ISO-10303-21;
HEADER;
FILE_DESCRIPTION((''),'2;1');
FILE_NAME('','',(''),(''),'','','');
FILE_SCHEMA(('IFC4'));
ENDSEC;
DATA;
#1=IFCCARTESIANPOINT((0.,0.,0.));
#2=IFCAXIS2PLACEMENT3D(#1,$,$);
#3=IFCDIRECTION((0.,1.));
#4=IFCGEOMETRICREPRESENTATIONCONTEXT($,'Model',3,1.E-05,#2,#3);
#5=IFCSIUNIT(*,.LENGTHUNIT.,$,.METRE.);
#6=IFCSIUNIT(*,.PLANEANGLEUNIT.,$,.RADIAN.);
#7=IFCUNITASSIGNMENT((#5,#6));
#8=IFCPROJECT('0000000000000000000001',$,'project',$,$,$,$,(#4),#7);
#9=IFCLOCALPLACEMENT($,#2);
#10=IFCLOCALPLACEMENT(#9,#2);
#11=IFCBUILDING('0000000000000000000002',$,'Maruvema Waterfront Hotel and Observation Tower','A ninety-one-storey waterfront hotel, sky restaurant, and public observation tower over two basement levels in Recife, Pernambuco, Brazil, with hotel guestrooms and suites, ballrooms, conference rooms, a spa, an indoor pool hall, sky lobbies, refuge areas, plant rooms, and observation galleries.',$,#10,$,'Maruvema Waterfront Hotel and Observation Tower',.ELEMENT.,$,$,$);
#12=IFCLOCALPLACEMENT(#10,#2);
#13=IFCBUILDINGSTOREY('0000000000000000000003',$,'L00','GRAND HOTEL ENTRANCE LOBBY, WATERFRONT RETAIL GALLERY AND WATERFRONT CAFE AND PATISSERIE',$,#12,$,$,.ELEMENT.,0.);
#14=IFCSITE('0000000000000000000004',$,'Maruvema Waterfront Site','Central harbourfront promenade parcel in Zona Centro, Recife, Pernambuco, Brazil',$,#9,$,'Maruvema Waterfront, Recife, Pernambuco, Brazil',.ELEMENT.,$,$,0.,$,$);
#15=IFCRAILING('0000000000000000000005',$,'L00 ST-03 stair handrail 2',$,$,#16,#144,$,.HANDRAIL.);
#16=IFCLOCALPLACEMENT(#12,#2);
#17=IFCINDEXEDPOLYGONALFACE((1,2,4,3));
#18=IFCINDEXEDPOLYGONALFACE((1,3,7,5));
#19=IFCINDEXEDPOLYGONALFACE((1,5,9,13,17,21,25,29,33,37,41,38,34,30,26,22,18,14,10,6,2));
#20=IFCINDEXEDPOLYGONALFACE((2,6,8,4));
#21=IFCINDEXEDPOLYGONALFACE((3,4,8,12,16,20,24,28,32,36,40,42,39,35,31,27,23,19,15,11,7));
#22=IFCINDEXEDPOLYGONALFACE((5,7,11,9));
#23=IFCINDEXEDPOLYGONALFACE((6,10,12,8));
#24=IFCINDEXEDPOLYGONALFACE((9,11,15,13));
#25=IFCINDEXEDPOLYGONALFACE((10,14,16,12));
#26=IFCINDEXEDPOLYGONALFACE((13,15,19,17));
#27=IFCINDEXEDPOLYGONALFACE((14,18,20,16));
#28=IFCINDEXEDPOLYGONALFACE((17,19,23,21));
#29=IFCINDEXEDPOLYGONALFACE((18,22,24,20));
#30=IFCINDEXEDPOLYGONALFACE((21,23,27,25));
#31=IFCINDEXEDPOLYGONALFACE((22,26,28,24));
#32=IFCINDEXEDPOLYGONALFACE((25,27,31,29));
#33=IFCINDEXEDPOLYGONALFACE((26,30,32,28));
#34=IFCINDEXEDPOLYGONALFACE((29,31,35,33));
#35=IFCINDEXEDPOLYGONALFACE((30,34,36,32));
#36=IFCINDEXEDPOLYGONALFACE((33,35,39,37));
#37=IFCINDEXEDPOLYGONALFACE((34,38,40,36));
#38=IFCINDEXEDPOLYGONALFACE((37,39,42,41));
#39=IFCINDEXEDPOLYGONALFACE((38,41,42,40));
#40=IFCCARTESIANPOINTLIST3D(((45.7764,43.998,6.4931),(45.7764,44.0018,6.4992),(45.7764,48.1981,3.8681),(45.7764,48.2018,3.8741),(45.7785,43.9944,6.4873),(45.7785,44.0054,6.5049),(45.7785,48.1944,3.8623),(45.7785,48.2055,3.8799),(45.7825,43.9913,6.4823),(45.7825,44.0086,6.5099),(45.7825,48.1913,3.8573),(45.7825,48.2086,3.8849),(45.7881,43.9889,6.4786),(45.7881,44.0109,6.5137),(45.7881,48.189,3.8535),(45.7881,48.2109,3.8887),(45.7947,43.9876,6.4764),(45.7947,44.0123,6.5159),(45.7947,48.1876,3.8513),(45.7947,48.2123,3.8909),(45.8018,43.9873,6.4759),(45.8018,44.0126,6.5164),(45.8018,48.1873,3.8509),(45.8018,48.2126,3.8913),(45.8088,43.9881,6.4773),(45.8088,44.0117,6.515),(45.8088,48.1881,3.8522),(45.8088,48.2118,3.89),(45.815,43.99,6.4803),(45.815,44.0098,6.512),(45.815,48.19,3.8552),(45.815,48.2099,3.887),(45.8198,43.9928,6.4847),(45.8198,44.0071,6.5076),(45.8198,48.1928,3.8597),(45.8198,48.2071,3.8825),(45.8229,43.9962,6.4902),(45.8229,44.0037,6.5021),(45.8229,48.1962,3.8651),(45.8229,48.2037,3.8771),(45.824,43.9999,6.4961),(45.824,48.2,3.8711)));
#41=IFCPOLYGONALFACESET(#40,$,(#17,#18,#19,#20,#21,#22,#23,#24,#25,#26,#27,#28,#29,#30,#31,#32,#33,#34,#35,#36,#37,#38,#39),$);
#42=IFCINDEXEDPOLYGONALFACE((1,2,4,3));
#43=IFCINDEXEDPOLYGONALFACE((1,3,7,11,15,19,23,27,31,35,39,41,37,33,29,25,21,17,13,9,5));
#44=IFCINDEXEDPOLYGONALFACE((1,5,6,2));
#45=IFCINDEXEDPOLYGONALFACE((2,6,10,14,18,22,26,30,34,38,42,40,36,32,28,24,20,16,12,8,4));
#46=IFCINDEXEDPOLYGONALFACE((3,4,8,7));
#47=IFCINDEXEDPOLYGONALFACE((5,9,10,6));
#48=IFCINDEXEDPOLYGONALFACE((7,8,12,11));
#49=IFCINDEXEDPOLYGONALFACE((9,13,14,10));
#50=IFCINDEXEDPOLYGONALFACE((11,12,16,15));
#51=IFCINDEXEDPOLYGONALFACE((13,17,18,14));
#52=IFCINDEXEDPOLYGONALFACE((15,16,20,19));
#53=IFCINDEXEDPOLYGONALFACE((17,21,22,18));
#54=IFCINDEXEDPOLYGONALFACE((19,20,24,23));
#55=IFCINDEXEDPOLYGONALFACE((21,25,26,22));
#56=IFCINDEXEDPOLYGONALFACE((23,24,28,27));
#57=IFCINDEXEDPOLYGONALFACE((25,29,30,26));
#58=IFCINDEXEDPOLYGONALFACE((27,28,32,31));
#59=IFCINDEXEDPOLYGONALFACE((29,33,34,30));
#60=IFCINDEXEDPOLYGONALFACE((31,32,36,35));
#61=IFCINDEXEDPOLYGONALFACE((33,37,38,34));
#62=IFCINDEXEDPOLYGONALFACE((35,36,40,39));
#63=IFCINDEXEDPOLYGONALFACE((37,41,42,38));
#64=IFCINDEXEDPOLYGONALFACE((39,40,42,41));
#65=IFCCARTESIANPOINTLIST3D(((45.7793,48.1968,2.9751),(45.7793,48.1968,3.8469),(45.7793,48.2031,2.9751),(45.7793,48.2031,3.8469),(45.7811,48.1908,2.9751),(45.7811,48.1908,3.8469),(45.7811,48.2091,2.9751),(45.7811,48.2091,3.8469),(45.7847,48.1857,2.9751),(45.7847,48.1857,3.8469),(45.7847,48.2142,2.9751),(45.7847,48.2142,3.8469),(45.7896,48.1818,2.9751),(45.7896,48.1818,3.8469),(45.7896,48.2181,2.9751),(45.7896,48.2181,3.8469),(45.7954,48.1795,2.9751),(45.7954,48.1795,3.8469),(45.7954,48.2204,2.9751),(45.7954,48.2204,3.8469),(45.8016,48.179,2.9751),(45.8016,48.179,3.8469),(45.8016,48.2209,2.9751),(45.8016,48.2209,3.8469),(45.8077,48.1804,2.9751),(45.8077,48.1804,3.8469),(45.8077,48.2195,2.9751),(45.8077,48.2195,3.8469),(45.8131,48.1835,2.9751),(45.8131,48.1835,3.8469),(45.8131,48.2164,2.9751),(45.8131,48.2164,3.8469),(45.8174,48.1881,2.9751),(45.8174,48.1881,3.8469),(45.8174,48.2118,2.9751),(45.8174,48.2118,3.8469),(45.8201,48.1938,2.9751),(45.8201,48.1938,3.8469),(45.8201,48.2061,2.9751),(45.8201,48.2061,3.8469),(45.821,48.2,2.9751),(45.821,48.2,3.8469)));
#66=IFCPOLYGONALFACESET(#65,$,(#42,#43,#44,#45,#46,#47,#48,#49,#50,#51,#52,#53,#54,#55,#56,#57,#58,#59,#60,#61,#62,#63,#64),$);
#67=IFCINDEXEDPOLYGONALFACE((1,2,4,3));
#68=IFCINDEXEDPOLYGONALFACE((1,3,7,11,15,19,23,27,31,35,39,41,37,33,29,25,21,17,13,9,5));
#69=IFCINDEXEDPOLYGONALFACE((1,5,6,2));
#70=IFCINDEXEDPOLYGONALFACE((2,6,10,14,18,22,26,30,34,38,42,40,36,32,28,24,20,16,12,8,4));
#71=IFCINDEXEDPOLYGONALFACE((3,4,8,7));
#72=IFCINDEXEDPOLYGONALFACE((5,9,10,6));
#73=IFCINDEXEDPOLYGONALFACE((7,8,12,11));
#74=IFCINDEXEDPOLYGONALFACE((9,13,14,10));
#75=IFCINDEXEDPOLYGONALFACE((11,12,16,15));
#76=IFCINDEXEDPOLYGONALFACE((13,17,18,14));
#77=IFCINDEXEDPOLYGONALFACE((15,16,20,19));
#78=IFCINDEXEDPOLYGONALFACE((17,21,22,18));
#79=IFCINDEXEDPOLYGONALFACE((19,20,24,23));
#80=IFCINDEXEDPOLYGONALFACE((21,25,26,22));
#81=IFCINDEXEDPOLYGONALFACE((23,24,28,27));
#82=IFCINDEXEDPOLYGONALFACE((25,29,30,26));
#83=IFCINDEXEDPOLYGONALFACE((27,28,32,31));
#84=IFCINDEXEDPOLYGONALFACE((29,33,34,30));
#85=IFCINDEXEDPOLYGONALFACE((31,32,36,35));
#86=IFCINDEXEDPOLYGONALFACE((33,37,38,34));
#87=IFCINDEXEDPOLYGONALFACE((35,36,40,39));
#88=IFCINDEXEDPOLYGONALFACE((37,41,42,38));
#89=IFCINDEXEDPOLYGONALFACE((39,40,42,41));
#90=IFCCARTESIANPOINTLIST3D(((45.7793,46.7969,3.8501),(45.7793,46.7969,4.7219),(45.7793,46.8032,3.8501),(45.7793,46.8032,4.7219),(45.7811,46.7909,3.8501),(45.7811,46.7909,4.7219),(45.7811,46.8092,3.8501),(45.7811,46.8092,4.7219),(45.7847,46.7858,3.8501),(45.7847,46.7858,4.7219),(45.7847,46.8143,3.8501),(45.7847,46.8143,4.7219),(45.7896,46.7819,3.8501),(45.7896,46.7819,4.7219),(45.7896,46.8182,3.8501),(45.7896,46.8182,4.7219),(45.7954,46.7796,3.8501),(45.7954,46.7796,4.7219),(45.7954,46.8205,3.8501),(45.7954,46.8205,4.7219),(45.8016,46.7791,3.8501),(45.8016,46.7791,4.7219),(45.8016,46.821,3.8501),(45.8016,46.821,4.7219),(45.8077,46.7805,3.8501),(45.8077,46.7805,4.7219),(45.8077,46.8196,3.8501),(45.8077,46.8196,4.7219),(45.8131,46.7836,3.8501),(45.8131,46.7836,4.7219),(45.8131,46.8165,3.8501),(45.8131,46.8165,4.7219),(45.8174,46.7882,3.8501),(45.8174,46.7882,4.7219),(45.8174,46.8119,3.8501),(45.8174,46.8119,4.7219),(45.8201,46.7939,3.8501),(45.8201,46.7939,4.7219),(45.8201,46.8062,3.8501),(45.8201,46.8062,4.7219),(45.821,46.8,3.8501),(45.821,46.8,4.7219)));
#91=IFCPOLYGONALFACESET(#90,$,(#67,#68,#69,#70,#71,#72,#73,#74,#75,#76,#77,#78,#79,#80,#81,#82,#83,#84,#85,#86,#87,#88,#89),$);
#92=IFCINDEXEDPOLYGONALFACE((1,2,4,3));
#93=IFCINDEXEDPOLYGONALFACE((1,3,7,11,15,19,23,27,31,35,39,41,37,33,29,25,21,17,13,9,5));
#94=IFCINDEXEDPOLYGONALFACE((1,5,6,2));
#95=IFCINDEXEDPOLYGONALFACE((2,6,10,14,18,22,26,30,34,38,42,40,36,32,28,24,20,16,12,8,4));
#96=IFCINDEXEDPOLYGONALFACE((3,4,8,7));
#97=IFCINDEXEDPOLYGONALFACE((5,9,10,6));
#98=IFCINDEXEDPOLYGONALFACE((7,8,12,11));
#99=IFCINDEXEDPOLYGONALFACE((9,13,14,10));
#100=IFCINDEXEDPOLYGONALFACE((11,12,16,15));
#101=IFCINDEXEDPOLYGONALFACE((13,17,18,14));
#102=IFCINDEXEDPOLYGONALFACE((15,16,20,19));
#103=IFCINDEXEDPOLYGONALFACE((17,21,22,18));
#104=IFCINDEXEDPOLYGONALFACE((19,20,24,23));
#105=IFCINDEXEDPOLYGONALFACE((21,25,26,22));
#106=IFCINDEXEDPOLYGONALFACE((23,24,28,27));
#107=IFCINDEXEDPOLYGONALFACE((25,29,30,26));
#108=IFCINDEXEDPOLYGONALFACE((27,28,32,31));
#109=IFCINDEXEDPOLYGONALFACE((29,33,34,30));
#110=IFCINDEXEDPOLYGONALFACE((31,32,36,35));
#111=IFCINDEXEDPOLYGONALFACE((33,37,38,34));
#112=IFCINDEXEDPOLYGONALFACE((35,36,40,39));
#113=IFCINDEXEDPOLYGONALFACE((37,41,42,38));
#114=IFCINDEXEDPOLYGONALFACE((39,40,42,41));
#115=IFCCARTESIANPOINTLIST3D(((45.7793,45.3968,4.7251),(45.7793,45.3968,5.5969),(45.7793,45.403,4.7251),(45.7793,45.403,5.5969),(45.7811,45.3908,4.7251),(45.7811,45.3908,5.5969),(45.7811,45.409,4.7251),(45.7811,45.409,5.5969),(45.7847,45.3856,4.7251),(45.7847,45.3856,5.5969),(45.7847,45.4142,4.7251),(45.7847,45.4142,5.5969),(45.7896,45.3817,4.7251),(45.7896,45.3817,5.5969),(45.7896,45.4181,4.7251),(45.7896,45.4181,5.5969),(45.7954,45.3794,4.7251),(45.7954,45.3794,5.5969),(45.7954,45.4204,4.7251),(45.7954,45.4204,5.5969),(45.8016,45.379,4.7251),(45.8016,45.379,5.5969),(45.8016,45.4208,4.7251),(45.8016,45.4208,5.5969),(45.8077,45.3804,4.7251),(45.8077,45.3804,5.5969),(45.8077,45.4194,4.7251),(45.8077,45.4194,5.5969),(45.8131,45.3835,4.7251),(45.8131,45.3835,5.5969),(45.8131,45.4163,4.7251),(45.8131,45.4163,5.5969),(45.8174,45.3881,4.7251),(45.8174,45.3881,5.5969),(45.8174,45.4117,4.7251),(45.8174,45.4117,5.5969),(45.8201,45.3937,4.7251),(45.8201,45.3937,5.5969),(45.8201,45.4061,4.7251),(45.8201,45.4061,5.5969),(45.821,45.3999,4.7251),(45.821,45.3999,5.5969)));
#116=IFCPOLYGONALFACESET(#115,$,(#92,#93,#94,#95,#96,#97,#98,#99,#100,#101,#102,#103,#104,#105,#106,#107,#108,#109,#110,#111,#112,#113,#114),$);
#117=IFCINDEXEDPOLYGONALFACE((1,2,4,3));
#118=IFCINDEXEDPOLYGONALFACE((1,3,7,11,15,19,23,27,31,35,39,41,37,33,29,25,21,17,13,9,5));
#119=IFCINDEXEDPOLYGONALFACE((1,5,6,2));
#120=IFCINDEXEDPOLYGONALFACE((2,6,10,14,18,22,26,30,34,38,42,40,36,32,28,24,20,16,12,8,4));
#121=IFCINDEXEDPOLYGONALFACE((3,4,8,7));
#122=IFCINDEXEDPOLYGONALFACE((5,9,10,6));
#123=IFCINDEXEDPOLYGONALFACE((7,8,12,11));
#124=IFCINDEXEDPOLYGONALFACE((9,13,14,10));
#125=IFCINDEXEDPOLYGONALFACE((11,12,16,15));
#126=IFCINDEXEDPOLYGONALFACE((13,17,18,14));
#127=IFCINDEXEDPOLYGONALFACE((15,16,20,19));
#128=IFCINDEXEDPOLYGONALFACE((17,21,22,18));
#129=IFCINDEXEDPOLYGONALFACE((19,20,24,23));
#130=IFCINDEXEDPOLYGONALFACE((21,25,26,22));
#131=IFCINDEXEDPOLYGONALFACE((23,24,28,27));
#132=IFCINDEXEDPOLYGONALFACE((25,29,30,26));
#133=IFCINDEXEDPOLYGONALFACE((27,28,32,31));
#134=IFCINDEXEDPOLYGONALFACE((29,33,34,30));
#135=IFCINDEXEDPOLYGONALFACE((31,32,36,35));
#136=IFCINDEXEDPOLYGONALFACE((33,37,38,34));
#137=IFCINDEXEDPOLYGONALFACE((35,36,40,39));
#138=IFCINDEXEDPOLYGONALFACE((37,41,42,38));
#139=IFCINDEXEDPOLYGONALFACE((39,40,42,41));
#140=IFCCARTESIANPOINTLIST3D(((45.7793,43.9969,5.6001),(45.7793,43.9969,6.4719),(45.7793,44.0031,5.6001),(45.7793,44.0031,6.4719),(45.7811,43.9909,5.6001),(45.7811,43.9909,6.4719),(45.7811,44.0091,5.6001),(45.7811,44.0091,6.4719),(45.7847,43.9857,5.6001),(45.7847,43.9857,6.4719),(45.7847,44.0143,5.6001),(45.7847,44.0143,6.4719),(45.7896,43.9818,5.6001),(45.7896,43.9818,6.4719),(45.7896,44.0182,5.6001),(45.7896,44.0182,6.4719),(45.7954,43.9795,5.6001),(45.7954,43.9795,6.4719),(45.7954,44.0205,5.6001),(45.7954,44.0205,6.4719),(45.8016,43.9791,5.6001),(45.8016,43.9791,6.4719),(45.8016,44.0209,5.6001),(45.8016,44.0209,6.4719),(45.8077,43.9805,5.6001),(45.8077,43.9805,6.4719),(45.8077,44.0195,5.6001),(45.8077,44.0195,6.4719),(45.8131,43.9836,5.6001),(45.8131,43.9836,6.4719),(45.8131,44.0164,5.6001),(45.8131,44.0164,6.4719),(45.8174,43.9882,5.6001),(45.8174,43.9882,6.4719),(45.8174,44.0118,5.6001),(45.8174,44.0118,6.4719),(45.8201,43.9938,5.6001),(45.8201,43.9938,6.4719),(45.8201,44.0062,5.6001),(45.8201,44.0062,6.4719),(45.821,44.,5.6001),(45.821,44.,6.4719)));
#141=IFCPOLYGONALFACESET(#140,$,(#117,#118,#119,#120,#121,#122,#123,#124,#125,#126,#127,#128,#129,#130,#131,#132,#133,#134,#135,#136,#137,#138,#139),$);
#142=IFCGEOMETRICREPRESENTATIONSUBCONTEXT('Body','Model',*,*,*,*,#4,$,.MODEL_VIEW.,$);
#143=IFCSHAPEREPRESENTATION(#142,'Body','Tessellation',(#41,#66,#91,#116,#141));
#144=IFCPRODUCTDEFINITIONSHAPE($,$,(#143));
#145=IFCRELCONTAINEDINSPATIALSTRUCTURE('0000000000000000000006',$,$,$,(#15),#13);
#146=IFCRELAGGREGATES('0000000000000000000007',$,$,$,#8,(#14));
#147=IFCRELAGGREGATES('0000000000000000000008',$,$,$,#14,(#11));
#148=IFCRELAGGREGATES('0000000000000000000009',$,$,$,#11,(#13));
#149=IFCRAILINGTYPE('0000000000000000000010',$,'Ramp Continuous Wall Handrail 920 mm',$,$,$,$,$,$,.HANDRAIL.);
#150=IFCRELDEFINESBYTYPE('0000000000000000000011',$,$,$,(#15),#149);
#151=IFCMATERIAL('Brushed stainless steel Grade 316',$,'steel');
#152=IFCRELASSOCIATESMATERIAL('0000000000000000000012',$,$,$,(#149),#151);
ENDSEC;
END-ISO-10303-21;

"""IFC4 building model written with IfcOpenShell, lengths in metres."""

from ifc_helpers import new_model, si_unit, direction, frame, origin, origin_2d, place, context, subcontext, project, spatial, circle, extrude, material, type_object, element, save


model = new_model("IFC4")

# Units and contexts
model_context = context("Model", 3, precision=1e-05, world=origin(), true_north=direction((0.0, 1.0)))
body_context = subcontext(model_context, "Body", "Model", "MODEL_VIEW")
ifc_project = project(units=[si_unit("LENGTHUNIT", "METRE"), si_unit("PLANEANGLEUNIT", "RADIAN")], contexts=[model_context])

# Site, building, storey
site_placement = place(None, origin())
site = spatial("IfcSite", under=ifc_project, at=site_placement, Name="Maruvema Waterfront Site", Description="Central harbourfront promenade parcel in Zona Centro, Recife, Pernambuco, Brazil", LongName="Maruvema Waterfront, Recife, Pernambuco, Brazil", CompositionType="ELEMENT", RefElevation=0.0)
building_placement = place(site_placement, origin())
building = spatial("IfcBuilding", under=site, at=building_placement, Name="Maruvema Waterfront Hotel and Observation Tower", Description="A ninety-one-storey waterfront hotel, sky restaurant, and public observation tower over two basement levels in Recife, Pernambuco, Brazil, with hotel guestrooms and suites, ballrooms, conference rooms, a spa, an indoor pool hall, sky lobbies, refuge areas, plant rooms, and observation galleries.", LongName="Maruvema Waterfront Hotel and Observation Tower", CompositionType="ELEMENT")
storey_placement = place(building_placement, origin())
storey = spatial("IfcBuildingStorey", under=building, at=storey_placement, Name="L00", Description="GRAND HOTEL ENTRANCE LOBBY, WATERFRONT RETAIL GALLERY AND WATERFRONT CAFE AND PATISSERIE", CompositionType="ELEMENT", Elevation=0.0)

# Railing
ifc_material_1 = material(Name="Brushed stainless steel Grade 316", Category="steel")
railing_type_1 = type_object("IfcRailingType", Name="Ramp Continuous Wall Handrail 920 mm", PredefinedType="HANDRAIL", material=ifc_material_1)
railing_1_placement = place(storey_placement, frame((45.8, 48.2, 2.9751)))
element("IfcRailing", 1, at=railing_1_placement, inside=storey, type_object=railing_type_1, Name="L00 ST-03 stair handrail 2", PredefinedType="HANDRAIL", context=body_context, shape_type="SweptSolid", body=[
    extrude(circle(Radius=0.0239, at=origin_2d()), frame((0.0, 0.0, 0.896), z_axis=(0.0, -0.847996, 0.530003), x_axis=(1.0, 0.0, 0.0)), (0.0, 0.0, 1.0), 4.9529),
    extrude(circle(Radius=0.021, at=origin_2d()), origin(), (0.0, 0.0, 1.0), 0.8718),
    extrude(circle(Radius=0.021, at=origin_2d()), frame((0.0, -1.3999, 0.875)), (0.0, 0.0, 1.0), 0.8718),
    extrude(circle(Radius=0.021, at=origin_2d()), frame((0.0, -2.8, 1.75)), (0.0, 0.0, 1.0), 0.8718),
    extrude(circle(Radius=0.021, at=origin_2d()), frame((0.0, -4.2, 2.625)), (0.0, 0.0, 1.0), 0.8718),
])

save(model, "model.ifc")
